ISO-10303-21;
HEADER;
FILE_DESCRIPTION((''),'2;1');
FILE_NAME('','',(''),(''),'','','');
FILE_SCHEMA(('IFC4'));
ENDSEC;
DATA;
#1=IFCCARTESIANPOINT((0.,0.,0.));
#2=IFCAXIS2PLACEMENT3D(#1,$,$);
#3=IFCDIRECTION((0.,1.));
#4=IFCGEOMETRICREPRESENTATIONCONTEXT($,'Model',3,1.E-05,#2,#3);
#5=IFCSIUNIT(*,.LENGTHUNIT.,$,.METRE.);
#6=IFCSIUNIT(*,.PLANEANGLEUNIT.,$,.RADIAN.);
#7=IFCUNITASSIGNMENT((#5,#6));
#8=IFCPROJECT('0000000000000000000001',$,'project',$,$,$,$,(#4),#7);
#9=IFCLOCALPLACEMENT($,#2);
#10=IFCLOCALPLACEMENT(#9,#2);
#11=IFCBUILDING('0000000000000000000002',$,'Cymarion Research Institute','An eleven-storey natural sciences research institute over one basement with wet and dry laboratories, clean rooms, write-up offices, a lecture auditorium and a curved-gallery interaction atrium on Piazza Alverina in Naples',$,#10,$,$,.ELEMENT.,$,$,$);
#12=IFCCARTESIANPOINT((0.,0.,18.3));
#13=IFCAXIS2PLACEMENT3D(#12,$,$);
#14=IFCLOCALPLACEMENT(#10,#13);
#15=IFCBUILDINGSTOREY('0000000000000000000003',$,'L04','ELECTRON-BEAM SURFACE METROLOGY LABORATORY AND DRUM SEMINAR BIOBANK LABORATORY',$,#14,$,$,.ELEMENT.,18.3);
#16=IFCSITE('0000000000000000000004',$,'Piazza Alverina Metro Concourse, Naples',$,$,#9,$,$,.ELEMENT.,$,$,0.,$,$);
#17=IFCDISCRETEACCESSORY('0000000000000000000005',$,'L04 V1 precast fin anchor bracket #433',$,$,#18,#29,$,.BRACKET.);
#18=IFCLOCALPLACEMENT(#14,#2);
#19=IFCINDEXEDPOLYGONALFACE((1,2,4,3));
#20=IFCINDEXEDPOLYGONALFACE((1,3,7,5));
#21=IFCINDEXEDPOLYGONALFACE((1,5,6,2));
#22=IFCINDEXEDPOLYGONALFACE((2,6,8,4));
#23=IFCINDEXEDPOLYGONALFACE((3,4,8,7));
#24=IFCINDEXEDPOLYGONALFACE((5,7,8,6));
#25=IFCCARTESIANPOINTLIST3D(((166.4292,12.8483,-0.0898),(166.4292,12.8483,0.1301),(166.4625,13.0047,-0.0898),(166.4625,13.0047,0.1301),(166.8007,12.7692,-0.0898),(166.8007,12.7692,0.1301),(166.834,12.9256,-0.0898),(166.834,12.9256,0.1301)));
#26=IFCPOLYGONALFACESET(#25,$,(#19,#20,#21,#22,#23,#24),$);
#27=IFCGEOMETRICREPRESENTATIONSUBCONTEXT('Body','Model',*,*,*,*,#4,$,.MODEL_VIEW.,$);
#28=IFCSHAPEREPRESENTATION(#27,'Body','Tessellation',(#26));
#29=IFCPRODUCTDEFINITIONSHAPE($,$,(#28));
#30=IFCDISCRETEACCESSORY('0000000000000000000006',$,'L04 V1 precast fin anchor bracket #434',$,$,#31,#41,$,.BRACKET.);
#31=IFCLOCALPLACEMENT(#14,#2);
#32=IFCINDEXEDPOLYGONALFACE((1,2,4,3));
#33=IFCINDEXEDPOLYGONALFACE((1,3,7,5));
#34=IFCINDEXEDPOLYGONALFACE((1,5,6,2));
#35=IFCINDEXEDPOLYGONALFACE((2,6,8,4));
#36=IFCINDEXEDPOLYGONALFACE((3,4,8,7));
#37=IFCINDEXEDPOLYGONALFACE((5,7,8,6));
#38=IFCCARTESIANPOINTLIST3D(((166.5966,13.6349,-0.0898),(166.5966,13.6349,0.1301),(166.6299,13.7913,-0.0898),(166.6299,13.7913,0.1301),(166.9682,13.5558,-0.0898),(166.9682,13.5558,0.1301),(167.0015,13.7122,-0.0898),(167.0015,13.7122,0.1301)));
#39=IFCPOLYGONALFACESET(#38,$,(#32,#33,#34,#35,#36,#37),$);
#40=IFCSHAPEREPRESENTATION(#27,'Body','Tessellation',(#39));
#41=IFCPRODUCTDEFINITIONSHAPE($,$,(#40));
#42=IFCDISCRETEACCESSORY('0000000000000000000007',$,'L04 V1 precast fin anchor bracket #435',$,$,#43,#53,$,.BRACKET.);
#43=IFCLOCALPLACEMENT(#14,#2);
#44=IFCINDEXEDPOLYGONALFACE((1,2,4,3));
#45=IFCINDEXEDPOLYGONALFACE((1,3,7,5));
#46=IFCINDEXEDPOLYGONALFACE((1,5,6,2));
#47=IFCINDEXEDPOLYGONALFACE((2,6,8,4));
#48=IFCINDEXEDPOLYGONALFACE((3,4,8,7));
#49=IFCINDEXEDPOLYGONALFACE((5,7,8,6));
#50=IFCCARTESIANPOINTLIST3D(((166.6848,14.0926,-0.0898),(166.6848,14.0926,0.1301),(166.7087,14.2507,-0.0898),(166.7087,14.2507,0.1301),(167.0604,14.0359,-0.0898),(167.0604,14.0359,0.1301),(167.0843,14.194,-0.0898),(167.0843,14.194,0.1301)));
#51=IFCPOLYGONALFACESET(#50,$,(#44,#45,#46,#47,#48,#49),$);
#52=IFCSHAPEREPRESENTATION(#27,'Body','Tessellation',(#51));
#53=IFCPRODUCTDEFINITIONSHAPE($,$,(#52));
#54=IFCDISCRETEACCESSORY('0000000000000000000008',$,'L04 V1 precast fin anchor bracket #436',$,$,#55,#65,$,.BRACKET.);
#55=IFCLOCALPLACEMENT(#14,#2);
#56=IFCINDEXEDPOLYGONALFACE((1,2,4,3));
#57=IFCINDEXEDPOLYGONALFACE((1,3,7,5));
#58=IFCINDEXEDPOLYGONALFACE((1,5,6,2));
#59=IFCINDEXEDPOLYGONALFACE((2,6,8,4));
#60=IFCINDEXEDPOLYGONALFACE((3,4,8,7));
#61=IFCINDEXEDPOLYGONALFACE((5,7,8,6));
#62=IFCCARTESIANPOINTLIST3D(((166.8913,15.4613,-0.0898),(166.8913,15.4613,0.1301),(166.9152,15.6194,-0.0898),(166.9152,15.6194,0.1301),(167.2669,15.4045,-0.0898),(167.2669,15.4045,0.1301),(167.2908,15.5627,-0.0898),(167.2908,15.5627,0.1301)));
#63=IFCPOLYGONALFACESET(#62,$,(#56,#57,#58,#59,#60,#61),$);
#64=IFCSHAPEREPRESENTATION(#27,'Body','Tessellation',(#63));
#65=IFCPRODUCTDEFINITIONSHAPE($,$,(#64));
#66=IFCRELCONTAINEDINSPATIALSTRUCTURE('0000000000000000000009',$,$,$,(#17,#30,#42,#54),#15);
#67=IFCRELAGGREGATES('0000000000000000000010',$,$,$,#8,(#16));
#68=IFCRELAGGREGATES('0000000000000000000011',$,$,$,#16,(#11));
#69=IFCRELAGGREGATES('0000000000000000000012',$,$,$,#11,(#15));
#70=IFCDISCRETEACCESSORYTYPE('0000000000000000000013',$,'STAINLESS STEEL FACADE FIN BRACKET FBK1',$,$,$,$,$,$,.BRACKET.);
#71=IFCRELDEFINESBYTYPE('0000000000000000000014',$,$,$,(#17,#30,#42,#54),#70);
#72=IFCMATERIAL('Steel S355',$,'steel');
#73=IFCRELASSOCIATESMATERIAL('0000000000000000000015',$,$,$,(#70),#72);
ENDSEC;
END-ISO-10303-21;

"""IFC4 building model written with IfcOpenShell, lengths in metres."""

from ifc_helpers import new_model, si_unit, direction, frame, origin, origin_2d, place, context, subcontext, project, spatial, rectangle, extrude, material, type_object, element, save


model = new_model("IFC4")

# Units and contexts
model_context = context("Model", 3, precision=1e-05, world=origin(), true_north=direction((0.0, 1.0)))
body_context = subcontext(model_context, "Body", "Model", "MODEL_VIEW")
ifc_project = project(units=[si_unit("LENGTHUNIT", "METRE"), si_unit("PLANEANGLEUNIT", "RADIAN")], contexts=[model_context])

# Site, building, storey
site_placement = place(None, origin())
site = spatial("IfcSite", under=ifc_project, at=site_placement, Name="Piazza Alverina Metro Concourse, Naples", CompositionType="ELEMENT", RefElevation=0.0)
building_placement = place(site_placement, origin())
building = spatial("IfcBuilding", under=site, at=building_placement, Name="Cymarion Research Institute", Description="An eleven-storey natural sciences research institute over one basement with wet and dry laboratories, clean rooms, write-up offices, a lecture auditorium and a curved-gallery interaction atrium on Piazza Alverina in Naples", CompositionType="ELEMENT")
storey_placement = place(building_placement, frame((0.0, 0.0, 18.3)))
storey = spatial("IfcBuildingStorey", under=building, at=storey_placement, Name="L04", Description="ELECTRON-BEAM SURFACE METROLOGY LABORATORY AND DRUM SEMINAR BIOBANK LABORATORY", CompositionType="ELEMENT", Elevation=18.3)

# Discrete accessories
ifc_material_1 = material(Name="Steel S355", Category="steel")
discrete_accessory_type = type_object("IfcDiscreteAccessoryType", Name="STAINLESS STEEL FACADE FIN BRACKET FBK1", PredefinedType="BRACKET", material=ifc_material_1)
for number, where, z_axis, x_axis, name in (
    (1, (166.6316, 12.887, -0.0898), (0.0, 0.0, 1.0), (0.978075, -0.208253, 0.0), "L04 V1 precast fin anchor bracket #433"),
    (2, (166.7991, 13.6736, -0.0898), (0.0, 0.0, 1.0), (0.978075, -0.208253, 0.0), "L04 V1 precast fin anchor bracket #434"),
    (3, (166.8845, 14.1433, -0.0898), (0.0, 0.0, 1.0), (0.988782, -0.149363, 0.0), "L04 V1 precast fin anchor bracket #435"),
    (4, (167.0911, 15.512, -0.0898), (0.0, 0.0, 1.0), (0.988782, -0.149363, 0.0), "L04 V1 precast fin anchor bracket #436"),
):
    element("IfcDiscreteAccessory", number, at=place(storey_placement, frame(where, z_axis=z_axis, x_axis=x_axis)), inside=storey, type_object=discrete_accessory_type, Name=name, PredefinedType="BRACKET", context=body_context, shape_type="SweptSolid", body=[
        extrude(rectangle(XDim=0.3799, YDim=0.1599, at=origin_2d()), origin(), (0.0, 0.0, 1.0), 0.22),
    ])

save(model, "model.ifc")
